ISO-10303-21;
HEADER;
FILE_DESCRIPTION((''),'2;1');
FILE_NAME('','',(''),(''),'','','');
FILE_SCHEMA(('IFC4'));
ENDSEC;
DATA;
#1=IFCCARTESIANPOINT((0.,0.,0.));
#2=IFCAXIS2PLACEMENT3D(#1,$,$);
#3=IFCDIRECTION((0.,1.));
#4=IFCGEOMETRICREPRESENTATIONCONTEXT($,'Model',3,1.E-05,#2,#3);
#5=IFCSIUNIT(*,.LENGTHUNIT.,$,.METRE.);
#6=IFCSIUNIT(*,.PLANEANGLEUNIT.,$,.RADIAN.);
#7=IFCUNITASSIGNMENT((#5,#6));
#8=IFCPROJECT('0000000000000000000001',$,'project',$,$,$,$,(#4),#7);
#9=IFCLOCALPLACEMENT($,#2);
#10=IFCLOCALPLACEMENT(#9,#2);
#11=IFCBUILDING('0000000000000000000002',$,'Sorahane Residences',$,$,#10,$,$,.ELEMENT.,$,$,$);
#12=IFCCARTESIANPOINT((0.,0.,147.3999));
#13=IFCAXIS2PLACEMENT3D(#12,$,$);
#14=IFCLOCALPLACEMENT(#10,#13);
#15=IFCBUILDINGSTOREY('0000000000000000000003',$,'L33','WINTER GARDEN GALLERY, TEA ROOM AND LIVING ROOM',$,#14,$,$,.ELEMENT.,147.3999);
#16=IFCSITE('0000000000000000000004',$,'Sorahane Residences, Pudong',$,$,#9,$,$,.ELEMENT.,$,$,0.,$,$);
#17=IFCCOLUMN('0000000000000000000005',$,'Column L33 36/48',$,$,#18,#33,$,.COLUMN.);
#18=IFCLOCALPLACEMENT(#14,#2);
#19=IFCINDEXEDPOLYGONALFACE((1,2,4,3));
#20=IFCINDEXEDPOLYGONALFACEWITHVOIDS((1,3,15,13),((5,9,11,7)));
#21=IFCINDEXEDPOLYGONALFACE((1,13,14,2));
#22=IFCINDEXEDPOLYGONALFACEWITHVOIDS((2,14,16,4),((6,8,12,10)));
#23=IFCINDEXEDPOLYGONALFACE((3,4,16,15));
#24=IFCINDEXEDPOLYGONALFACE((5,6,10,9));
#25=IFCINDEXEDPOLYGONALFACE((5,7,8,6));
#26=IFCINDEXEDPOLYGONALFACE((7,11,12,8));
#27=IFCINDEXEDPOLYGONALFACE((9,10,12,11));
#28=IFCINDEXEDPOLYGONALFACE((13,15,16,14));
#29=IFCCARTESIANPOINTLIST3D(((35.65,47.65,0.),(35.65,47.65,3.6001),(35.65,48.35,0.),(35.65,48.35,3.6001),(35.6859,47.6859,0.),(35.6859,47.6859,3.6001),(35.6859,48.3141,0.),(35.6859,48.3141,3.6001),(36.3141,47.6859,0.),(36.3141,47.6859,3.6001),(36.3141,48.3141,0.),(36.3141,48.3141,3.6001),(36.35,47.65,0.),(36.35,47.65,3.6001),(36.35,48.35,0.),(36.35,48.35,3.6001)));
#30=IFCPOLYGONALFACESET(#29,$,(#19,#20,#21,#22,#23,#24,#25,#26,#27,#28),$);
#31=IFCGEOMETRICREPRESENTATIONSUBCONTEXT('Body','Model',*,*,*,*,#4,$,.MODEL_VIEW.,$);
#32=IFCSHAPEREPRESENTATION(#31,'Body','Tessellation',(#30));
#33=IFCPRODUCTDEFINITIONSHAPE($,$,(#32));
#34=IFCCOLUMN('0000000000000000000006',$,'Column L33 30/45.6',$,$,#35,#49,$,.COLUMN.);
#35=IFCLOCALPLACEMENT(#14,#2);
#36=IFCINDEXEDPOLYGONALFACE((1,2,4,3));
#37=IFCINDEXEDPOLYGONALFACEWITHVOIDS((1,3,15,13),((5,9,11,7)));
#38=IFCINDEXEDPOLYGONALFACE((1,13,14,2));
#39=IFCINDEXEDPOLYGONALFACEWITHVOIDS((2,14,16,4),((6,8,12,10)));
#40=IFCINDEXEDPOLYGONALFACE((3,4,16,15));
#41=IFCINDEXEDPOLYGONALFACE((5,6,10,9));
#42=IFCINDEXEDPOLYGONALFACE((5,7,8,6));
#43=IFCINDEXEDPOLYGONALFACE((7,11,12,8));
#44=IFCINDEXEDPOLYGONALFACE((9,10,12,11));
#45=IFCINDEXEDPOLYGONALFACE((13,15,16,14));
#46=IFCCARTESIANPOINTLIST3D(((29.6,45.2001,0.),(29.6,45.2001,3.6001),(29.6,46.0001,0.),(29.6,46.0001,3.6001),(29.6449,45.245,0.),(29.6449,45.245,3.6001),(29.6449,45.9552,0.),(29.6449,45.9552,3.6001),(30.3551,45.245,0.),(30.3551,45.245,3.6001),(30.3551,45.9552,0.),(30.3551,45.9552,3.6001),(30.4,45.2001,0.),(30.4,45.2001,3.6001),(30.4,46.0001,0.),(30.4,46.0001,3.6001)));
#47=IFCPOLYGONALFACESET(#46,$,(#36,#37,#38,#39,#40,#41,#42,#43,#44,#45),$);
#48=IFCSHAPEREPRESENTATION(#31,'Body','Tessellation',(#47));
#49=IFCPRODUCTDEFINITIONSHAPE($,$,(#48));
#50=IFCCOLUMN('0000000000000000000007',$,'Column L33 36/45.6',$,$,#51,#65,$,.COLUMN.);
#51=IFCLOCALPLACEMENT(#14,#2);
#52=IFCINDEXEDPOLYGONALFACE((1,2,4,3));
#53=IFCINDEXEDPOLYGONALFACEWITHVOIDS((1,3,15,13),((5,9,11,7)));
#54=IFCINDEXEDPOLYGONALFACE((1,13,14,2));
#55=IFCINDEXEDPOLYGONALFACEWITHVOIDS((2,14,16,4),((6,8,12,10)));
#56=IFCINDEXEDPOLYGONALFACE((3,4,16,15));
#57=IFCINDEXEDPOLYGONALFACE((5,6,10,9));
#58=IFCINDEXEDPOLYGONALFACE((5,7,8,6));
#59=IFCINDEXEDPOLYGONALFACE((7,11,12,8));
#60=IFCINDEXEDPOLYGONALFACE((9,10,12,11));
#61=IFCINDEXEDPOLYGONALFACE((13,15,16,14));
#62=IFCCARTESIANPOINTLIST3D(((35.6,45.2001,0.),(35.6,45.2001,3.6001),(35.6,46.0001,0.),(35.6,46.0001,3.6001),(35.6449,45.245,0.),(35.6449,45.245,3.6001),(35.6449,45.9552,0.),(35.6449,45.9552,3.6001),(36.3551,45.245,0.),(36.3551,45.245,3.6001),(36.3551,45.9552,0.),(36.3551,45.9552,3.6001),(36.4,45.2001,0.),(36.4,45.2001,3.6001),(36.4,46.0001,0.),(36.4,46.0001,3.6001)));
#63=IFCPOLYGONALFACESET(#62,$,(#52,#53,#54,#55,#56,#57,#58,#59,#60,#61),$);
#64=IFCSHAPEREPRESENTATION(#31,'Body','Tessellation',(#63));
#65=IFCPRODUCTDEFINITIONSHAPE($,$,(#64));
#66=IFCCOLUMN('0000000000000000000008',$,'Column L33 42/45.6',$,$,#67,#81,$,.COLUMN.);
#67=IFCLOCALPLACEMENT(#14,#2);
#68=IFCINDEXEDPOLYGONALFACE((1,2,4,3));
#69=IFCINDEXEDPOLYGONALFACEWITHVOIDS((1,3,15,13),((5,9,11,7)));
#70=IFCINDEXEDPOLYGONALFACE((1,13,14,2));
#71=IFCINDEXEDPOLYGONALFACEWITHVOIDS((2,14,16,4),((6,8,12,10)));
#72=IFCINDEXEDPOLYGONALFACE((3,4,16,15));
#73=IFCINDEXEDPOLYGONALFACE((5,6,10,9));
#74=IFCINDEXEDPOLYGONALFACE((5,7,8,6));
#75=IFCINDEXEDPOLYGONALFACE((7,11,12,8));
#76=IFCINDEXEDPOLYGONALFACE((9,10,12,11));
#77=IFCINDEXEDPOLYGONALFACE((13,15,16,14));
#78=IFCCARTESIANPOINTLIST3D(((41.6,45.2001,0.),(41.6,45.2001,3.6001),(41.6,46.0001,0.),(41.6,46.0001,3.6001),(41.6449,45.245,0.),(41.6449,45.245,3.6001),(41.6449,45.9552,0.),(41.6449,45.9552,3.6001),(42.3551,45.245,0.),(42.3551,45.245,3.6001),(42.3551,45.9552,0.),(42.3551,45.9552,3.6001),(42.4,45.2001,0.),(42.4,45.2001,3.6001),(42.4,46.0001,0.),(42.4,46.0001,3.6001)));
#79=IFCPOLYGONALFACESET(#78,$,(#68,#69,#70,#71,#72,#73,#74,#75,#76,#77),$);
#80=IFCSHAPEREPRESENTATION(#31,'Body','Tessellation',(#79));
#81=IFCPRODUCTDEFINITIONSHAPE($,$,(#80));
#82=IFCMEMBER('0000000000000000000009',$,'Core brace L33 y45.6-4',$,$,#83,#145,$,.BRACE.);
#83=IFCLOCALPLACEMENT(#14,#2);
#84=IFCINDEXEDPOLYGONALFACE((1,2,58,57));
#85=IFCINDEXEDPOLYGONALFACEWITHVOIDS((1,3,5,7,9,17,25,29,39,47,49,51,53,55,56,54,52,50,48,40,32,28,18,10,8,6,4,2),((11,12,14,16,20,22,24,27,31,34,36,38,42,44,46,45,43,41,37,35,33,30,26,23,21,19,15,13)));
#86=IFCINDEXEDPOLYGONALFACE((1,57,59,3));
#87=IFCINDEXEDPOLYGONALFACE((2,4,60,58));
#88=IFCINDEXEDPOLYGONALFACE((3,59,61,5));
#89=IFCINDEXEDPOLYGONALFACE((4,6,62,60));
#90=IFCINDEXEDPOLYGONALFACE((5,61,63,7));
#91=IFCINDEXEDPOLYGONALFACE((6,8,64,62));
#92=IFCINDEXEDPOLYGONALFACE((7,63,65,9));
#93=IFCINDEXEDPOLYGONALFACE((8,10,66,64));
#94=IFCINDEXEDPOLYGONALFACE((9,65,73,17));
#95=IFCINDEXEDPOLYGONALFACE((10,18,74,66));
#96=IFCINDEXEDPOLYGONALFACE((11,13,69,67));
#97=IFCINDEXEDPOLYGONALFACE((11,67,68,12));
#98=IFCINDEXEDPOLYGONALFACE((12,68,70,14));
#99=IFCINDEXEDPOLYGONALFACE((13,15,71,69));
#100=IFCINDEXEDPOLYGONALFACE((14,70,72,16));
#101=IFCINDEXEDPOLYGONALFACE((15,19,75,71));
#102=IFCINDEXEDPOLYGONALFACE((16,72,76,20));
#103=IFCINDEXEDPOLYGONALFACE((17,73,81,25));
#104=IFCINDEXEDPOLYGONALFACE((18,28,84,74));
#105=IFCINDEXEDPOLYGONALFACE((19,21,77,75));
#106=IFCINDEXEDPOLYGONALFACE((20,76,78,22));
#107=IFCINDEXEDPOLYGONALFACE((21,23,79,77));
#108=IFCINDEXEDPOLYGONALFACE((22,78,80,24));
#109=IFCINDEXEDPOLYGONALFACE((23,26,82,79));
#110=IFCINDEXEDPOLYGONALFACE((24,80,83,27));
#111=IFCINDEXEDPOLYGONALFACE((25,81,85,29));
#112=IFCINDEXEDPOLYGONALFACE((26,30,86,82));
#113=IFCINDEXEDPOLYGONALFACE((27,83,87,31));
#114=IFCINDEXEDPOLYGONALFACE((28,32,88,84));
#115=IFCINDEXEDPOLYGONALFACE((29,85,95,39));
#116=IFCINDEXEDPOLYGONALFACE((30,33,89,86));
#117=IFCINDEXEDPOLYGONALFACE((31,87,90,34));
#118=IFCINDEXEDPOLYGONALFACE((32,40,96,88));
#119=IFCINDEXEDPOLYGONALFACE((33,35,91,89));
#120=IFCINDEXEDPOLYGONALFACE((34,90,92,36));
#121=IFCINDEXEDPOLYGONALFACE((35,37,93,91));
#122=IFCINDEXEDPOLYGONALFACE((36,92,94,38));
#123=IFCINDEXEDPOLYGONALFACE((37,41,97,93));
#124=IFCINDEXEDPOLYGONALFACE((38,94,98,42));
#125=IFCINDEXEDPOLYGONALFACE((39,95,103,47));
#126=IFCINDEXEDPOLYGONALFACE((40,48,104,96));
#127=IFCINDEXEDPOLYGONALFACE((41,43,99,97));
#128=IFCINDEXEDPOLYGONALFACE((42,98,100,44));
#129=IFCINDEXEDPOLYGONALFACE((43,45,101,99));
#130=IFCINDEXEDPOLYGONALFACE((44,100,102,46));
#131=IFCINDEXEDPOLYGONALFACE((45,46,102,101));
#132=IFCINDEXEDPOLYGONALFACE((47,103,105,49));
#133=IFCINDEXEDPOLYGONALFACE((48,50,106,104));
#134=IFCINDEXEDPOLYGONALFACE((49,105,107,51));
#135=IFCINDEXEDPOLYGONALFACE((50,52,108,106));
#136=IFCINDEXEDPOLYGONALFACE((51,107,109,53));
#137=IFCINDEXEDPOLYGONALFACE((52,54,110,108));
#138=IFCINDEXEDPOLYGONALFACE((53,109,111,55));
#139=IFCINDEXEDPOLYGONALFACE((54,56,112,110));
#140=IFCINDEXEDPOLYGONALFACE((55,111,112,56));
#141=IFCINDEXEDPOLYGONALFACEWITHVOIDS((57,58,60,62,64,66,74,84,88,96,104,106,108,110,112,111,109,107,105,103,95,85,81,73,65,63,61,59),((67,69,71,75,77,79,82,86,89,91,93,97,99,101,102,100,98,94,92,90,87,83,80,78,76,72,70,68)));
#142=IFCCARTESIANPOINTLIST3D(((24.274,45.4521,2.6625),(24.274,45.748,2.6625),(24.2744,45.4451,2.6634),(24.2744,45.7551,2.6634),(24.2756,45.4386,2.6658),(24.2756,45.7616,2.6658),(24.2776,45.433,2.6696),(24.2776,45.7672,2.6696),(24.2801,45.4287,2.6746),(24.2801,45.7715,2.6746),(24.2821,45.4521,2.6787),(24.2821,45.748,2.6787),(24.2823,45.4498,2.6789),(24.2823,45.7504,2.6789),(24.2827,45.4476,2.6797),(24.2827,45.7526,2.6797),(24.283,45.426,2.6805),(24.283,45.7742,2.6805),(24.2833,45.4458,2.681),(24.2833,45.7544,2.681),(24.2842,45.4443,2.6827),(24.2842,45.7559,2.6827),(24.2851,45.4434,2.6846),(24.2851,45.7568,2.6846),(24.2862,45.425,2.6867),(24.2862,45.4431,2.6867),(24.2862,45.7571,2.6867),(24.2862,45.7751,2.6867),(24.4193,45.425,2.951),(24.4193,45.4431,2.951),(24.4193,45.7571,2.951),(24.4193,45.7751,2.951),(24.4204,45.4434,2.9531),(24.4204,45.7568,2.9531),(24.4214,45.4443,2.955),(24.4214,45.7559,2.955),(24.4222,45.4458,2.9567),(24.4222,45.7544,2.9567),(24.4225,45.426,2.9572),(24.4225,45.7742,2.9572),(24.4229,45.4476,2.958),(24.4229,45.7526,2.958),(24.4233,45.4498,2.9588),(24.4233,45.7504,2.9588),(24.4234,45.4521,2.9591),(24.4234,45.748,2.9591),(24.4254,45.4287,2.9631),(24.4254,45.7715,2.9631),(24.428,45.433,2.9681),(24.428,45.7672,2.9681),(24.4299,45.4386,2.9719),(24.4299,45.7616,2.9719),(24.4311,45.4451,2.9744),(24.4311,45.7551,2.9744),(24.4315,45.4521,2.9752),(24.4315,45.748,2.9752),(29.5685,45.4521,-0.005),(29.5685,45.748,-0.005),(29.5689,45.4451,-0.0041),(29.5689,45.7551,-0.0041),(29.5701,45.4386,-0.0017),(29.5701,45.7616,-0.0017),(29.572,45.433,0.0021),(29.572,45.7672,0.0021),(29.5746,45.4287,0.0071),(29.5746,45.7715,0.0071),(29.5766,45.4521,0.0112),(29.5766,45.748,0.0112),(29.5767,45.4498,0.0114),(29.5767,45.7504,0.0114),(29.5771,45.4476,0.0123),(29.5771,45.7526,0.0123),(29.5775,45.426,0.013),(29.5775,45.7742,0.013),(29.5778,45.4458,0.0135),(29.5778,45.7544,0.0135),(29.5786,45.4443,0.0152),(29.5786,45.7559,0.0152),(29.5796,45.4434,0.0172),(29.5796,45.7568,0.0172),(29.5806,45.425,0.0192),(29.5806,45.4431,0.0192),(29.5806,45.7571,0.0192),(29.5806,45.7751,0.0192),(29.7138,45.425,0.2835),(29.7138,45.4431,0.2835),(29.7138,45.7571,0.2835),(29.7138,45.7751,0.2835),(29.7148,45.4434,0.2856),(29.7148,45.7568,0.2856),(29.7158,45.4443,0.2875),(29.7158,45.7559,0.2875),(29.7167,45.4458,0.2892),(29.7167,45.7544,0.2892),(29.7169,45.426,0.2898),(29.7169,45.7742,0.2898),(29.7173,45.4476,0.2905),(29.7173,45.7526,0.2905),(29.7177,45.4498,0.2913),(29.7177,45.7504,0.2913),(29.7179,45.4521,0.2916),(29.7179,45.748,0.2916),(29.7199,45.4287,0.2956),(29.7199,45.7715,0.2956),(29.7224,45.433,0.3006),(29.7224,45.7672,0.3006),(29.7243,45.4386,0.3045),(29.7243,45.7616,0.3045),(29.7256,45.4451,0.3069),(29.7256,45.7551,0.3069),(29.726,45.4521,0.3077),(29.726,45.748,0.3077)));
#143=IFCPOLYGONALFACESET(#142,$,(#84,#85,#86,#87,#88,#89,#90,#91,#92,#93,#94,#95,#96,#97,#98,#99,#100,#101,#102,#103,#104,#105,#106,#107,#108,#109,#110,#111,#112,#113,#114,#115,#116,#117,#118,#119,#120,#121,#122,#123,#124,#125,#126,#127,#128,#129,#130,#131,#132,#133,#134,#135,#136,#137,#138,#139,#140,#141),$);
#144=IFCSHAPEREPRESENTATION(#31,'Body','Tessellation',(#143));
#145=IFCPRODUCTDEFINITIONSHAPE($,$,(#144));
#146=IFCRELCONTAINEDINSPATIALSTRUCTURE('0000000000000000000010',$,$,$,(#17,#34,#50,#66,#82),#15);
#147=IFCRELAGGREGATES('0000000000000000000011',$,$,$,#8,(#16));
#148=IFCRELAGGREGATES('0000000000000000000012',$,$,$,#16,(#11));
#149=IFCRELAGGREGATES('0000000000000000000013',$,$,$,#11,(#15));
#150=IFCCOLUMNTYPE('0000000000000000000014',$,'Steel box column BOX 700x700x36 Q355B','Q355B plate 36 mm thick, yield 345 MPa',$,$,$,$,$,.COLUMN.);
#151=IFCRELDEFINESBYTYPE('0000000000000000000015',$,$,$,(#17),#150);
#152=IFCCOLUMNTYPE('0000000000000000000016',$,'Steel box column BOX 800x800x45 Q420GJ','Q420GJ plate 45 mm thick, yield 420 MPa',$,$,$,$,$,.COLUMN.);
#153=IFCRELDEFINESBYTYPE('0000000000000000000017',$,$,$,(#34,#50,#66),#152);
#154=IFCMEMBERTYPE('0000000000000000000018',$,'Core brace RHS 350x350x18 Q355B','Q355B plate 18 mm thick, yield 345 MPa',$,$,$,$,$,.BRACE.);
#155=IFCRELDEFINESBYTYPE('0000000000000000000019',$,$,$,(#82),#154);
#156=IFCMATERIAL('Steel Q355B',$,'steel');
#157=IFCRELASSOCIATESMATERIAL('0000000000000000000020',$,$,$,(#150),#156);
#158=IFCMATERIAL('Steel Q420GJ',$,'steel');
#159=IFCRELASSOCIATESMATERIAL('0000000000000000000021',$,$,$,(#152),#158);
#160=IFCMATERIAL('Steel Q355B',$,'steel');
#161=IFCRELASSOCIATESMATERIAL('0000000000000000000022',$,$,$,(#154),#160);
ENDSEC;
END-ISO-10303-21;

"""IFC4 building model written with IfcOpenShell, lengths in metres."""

from ifc_helpers import new_model, si_unit, direction, frame, origin, origin_2d, place, context, subcontext, project, spatial, hollow_rectangle, extrude, material, material_profile, profile_set, type_object, element, save


model = new_model("IFC4")

# Units and contexts
model_context = context("Model", 3, precision=1e-05, world=origin(), true_north=direction((0.0, 1.0)))
body_context = subcontext(model_context, "Body", "Model", "MODEL_VIEW")
ifc_project = project(units=[si_unit("LENGTHUNIT", "METRE"), si_unit("PLANEANGLEUNIT", "RADIAN")], contexts=[model_context])

# Site, building, storey
site_placement = place(None, origin())
site = spatial("IfcSite", under=ifc_project, at=site_placement, Name="Sorahane Residences, Pudong", CompositionType="ELEMENT", RefElevation=0.0)
building_placement = place(site_placement, origin())
building = spatial("IfcBuilding", under=site, at=building_placement, Name="Sorahane Residences", CompositionType="ELEMENT")
storey_placement = place(building_placement, frame((0.0, 0.0, 147.3999)))
storey = spatial("IfcBuildingStorey", under=building, at=storey_placement, Name="L33", Description="WINTER GARDEN GALLERY, TEA ROOM AND LIVING ROOM", CompositionType="ELEMENT", Elevation=147.3999)

# Columns
ifc_material_1 = material(Name="Steel Q355B", Category="steel")
ifc_material_profile_1 = material_profile(ifc_material_1, hollow_rectangle(XDim=0.7, YDim=0.7, WallThickness=0.0359, at=origin_2d()), Name="BOX 700x700x36")
ifc_profile_set_1 = profile_set([ifc_material_profile_1], Name="Steel Q355B")
column_type_1 = type_object("IfcColumnType", Name="Steel box column BOX 700x700x36 Q355B", Description="Q355B plate 36 mm thick, yield 345 MPa", PredefinedType="COLUMN", material=ifc_profile_set_1)
column_placement = place(storey_placement, frame((36.0, 48.0, 0.0), z_axis=(0.0, 0.0, 1.0), x_axis=(1.0, 0.0, 0.0)))
element("IfcColumn", 1, at=column_placement, inside=storey, type_object=column_type_1, Name="Column L33 36/48", PredefinedType="COLUMN", context=body_context, shape_type="SweptSolid", body=[
    extrude(hollow_rectangle(XDim=0.7, YDim=0.7, WallThickness=0.0359, at=origin_2d()), origin(), (0.0, 0.0, 1.0), 3.6001),
])
ifc_material_2 = material(Name="Steel Q420GJ", Category="steel")
ifc_material_profile_2 = material_profile(ifc_material_2, hollow_rectangle(XDim=0.8, YDim=0.8, WallThickness=0.0449, at=origin_2d()), Name="BOX 800x800x45")
ifc_profile_set_2 = profile_set([ifc_material_profile_2], Name="Steel Q420GJ")
column_type_2 = type_object("IfcColumnType", Name="Steel box column BOX 800x800x45 Q420GJ", Description="Q420GJ plate 45 mm thick, yield 420 MPa", PredefinedType="COLUMN", material=ifc_profile_set_2)
for number, where, z_axis, x_axis, name in (
    (2, (30.0, 45.6001, 0.0), (0.0, 0.0, 1.0), (1.0, 0.0, 0.0), "Column L33 30/45.6"),
    (3, (36.0, 45.6001, 0.0), (0.0, 0.0, 1.0), (1.0, 0.0, 0.0), "Column L33 36/45.6"),
    (4, (42.0, 45.6001, 0.0), (0.0, 0.0, 1.0), (1.0, 0.0, 0.0), "Column L33 42/45.6"),
):
    element("IfcColumn", number, at=place(storey_placement, frame(where, z_axis=z_axis, x_axis=x_axis)), inside=storey, type_object=column_type_2, Name=name, PredefinedType="COLUMN", context=body_context, shape_type="SweptSolid", body=[
        extrude(hollow_rectangle(XDim=0.8, YDim=0.8, WallThickness=0.0449, at=origin_2d()), origin(), (0.0, 0.0, 1.0), 3.6001),
    ])

# Member
ifc_material_3 = material(Name="Steel Q355B", Category="steel")
ifc_material_profile_3 = material_profile(ifc_material_3, hollow_rectangle(XDim=0.3501, YDim=0.3501, WallThickness=0.0181, InnerFilletRadius=0.009, OuterFilletRadius=0.0271, at=origin_2d()), Name="RHS 350x350x18")
ifc_profile_set_3 = profile_set([ifc_material_profile_3], Name="Steel Q355B")
member_type_1 = type_object("IfcMemberType", Name="Core brace RHS 350x350x18 Q355B", Description="Q355B plate 18 mm thick, yield 345 MPa", PredefinedType="BRACE", material=ifc_profile_set_3)
for number, where, z_axis, x_axis, name in (
    (5, (29.6472, 45.6001, 0.1514), (-0.893056, 0.0, 0.449946), (0.0, -1.0, 0.0), "Core brace L33 y45.6-4"),
):
    element("IfcMember", number, at=place(storey_placement, frame(where, z_axis=z_axis, x_axis=x_axis)), inside=storey, type_object=member_type_1, Name=name, PredefinedType="BRACE", context=body_context, shape_type="SweptSolid", body=[
        extrude(hollow_rectangle(XDim=0.3501, YDim=0.3501, WallThickness=0.0181, InnerFilletRadius=0.009, OuterFilletRadius=0.0271, at=origin_2d()), origin(), (0.0, 0.0, 1.0), 5.9285),
    ])

save(model, "model.ifc")
